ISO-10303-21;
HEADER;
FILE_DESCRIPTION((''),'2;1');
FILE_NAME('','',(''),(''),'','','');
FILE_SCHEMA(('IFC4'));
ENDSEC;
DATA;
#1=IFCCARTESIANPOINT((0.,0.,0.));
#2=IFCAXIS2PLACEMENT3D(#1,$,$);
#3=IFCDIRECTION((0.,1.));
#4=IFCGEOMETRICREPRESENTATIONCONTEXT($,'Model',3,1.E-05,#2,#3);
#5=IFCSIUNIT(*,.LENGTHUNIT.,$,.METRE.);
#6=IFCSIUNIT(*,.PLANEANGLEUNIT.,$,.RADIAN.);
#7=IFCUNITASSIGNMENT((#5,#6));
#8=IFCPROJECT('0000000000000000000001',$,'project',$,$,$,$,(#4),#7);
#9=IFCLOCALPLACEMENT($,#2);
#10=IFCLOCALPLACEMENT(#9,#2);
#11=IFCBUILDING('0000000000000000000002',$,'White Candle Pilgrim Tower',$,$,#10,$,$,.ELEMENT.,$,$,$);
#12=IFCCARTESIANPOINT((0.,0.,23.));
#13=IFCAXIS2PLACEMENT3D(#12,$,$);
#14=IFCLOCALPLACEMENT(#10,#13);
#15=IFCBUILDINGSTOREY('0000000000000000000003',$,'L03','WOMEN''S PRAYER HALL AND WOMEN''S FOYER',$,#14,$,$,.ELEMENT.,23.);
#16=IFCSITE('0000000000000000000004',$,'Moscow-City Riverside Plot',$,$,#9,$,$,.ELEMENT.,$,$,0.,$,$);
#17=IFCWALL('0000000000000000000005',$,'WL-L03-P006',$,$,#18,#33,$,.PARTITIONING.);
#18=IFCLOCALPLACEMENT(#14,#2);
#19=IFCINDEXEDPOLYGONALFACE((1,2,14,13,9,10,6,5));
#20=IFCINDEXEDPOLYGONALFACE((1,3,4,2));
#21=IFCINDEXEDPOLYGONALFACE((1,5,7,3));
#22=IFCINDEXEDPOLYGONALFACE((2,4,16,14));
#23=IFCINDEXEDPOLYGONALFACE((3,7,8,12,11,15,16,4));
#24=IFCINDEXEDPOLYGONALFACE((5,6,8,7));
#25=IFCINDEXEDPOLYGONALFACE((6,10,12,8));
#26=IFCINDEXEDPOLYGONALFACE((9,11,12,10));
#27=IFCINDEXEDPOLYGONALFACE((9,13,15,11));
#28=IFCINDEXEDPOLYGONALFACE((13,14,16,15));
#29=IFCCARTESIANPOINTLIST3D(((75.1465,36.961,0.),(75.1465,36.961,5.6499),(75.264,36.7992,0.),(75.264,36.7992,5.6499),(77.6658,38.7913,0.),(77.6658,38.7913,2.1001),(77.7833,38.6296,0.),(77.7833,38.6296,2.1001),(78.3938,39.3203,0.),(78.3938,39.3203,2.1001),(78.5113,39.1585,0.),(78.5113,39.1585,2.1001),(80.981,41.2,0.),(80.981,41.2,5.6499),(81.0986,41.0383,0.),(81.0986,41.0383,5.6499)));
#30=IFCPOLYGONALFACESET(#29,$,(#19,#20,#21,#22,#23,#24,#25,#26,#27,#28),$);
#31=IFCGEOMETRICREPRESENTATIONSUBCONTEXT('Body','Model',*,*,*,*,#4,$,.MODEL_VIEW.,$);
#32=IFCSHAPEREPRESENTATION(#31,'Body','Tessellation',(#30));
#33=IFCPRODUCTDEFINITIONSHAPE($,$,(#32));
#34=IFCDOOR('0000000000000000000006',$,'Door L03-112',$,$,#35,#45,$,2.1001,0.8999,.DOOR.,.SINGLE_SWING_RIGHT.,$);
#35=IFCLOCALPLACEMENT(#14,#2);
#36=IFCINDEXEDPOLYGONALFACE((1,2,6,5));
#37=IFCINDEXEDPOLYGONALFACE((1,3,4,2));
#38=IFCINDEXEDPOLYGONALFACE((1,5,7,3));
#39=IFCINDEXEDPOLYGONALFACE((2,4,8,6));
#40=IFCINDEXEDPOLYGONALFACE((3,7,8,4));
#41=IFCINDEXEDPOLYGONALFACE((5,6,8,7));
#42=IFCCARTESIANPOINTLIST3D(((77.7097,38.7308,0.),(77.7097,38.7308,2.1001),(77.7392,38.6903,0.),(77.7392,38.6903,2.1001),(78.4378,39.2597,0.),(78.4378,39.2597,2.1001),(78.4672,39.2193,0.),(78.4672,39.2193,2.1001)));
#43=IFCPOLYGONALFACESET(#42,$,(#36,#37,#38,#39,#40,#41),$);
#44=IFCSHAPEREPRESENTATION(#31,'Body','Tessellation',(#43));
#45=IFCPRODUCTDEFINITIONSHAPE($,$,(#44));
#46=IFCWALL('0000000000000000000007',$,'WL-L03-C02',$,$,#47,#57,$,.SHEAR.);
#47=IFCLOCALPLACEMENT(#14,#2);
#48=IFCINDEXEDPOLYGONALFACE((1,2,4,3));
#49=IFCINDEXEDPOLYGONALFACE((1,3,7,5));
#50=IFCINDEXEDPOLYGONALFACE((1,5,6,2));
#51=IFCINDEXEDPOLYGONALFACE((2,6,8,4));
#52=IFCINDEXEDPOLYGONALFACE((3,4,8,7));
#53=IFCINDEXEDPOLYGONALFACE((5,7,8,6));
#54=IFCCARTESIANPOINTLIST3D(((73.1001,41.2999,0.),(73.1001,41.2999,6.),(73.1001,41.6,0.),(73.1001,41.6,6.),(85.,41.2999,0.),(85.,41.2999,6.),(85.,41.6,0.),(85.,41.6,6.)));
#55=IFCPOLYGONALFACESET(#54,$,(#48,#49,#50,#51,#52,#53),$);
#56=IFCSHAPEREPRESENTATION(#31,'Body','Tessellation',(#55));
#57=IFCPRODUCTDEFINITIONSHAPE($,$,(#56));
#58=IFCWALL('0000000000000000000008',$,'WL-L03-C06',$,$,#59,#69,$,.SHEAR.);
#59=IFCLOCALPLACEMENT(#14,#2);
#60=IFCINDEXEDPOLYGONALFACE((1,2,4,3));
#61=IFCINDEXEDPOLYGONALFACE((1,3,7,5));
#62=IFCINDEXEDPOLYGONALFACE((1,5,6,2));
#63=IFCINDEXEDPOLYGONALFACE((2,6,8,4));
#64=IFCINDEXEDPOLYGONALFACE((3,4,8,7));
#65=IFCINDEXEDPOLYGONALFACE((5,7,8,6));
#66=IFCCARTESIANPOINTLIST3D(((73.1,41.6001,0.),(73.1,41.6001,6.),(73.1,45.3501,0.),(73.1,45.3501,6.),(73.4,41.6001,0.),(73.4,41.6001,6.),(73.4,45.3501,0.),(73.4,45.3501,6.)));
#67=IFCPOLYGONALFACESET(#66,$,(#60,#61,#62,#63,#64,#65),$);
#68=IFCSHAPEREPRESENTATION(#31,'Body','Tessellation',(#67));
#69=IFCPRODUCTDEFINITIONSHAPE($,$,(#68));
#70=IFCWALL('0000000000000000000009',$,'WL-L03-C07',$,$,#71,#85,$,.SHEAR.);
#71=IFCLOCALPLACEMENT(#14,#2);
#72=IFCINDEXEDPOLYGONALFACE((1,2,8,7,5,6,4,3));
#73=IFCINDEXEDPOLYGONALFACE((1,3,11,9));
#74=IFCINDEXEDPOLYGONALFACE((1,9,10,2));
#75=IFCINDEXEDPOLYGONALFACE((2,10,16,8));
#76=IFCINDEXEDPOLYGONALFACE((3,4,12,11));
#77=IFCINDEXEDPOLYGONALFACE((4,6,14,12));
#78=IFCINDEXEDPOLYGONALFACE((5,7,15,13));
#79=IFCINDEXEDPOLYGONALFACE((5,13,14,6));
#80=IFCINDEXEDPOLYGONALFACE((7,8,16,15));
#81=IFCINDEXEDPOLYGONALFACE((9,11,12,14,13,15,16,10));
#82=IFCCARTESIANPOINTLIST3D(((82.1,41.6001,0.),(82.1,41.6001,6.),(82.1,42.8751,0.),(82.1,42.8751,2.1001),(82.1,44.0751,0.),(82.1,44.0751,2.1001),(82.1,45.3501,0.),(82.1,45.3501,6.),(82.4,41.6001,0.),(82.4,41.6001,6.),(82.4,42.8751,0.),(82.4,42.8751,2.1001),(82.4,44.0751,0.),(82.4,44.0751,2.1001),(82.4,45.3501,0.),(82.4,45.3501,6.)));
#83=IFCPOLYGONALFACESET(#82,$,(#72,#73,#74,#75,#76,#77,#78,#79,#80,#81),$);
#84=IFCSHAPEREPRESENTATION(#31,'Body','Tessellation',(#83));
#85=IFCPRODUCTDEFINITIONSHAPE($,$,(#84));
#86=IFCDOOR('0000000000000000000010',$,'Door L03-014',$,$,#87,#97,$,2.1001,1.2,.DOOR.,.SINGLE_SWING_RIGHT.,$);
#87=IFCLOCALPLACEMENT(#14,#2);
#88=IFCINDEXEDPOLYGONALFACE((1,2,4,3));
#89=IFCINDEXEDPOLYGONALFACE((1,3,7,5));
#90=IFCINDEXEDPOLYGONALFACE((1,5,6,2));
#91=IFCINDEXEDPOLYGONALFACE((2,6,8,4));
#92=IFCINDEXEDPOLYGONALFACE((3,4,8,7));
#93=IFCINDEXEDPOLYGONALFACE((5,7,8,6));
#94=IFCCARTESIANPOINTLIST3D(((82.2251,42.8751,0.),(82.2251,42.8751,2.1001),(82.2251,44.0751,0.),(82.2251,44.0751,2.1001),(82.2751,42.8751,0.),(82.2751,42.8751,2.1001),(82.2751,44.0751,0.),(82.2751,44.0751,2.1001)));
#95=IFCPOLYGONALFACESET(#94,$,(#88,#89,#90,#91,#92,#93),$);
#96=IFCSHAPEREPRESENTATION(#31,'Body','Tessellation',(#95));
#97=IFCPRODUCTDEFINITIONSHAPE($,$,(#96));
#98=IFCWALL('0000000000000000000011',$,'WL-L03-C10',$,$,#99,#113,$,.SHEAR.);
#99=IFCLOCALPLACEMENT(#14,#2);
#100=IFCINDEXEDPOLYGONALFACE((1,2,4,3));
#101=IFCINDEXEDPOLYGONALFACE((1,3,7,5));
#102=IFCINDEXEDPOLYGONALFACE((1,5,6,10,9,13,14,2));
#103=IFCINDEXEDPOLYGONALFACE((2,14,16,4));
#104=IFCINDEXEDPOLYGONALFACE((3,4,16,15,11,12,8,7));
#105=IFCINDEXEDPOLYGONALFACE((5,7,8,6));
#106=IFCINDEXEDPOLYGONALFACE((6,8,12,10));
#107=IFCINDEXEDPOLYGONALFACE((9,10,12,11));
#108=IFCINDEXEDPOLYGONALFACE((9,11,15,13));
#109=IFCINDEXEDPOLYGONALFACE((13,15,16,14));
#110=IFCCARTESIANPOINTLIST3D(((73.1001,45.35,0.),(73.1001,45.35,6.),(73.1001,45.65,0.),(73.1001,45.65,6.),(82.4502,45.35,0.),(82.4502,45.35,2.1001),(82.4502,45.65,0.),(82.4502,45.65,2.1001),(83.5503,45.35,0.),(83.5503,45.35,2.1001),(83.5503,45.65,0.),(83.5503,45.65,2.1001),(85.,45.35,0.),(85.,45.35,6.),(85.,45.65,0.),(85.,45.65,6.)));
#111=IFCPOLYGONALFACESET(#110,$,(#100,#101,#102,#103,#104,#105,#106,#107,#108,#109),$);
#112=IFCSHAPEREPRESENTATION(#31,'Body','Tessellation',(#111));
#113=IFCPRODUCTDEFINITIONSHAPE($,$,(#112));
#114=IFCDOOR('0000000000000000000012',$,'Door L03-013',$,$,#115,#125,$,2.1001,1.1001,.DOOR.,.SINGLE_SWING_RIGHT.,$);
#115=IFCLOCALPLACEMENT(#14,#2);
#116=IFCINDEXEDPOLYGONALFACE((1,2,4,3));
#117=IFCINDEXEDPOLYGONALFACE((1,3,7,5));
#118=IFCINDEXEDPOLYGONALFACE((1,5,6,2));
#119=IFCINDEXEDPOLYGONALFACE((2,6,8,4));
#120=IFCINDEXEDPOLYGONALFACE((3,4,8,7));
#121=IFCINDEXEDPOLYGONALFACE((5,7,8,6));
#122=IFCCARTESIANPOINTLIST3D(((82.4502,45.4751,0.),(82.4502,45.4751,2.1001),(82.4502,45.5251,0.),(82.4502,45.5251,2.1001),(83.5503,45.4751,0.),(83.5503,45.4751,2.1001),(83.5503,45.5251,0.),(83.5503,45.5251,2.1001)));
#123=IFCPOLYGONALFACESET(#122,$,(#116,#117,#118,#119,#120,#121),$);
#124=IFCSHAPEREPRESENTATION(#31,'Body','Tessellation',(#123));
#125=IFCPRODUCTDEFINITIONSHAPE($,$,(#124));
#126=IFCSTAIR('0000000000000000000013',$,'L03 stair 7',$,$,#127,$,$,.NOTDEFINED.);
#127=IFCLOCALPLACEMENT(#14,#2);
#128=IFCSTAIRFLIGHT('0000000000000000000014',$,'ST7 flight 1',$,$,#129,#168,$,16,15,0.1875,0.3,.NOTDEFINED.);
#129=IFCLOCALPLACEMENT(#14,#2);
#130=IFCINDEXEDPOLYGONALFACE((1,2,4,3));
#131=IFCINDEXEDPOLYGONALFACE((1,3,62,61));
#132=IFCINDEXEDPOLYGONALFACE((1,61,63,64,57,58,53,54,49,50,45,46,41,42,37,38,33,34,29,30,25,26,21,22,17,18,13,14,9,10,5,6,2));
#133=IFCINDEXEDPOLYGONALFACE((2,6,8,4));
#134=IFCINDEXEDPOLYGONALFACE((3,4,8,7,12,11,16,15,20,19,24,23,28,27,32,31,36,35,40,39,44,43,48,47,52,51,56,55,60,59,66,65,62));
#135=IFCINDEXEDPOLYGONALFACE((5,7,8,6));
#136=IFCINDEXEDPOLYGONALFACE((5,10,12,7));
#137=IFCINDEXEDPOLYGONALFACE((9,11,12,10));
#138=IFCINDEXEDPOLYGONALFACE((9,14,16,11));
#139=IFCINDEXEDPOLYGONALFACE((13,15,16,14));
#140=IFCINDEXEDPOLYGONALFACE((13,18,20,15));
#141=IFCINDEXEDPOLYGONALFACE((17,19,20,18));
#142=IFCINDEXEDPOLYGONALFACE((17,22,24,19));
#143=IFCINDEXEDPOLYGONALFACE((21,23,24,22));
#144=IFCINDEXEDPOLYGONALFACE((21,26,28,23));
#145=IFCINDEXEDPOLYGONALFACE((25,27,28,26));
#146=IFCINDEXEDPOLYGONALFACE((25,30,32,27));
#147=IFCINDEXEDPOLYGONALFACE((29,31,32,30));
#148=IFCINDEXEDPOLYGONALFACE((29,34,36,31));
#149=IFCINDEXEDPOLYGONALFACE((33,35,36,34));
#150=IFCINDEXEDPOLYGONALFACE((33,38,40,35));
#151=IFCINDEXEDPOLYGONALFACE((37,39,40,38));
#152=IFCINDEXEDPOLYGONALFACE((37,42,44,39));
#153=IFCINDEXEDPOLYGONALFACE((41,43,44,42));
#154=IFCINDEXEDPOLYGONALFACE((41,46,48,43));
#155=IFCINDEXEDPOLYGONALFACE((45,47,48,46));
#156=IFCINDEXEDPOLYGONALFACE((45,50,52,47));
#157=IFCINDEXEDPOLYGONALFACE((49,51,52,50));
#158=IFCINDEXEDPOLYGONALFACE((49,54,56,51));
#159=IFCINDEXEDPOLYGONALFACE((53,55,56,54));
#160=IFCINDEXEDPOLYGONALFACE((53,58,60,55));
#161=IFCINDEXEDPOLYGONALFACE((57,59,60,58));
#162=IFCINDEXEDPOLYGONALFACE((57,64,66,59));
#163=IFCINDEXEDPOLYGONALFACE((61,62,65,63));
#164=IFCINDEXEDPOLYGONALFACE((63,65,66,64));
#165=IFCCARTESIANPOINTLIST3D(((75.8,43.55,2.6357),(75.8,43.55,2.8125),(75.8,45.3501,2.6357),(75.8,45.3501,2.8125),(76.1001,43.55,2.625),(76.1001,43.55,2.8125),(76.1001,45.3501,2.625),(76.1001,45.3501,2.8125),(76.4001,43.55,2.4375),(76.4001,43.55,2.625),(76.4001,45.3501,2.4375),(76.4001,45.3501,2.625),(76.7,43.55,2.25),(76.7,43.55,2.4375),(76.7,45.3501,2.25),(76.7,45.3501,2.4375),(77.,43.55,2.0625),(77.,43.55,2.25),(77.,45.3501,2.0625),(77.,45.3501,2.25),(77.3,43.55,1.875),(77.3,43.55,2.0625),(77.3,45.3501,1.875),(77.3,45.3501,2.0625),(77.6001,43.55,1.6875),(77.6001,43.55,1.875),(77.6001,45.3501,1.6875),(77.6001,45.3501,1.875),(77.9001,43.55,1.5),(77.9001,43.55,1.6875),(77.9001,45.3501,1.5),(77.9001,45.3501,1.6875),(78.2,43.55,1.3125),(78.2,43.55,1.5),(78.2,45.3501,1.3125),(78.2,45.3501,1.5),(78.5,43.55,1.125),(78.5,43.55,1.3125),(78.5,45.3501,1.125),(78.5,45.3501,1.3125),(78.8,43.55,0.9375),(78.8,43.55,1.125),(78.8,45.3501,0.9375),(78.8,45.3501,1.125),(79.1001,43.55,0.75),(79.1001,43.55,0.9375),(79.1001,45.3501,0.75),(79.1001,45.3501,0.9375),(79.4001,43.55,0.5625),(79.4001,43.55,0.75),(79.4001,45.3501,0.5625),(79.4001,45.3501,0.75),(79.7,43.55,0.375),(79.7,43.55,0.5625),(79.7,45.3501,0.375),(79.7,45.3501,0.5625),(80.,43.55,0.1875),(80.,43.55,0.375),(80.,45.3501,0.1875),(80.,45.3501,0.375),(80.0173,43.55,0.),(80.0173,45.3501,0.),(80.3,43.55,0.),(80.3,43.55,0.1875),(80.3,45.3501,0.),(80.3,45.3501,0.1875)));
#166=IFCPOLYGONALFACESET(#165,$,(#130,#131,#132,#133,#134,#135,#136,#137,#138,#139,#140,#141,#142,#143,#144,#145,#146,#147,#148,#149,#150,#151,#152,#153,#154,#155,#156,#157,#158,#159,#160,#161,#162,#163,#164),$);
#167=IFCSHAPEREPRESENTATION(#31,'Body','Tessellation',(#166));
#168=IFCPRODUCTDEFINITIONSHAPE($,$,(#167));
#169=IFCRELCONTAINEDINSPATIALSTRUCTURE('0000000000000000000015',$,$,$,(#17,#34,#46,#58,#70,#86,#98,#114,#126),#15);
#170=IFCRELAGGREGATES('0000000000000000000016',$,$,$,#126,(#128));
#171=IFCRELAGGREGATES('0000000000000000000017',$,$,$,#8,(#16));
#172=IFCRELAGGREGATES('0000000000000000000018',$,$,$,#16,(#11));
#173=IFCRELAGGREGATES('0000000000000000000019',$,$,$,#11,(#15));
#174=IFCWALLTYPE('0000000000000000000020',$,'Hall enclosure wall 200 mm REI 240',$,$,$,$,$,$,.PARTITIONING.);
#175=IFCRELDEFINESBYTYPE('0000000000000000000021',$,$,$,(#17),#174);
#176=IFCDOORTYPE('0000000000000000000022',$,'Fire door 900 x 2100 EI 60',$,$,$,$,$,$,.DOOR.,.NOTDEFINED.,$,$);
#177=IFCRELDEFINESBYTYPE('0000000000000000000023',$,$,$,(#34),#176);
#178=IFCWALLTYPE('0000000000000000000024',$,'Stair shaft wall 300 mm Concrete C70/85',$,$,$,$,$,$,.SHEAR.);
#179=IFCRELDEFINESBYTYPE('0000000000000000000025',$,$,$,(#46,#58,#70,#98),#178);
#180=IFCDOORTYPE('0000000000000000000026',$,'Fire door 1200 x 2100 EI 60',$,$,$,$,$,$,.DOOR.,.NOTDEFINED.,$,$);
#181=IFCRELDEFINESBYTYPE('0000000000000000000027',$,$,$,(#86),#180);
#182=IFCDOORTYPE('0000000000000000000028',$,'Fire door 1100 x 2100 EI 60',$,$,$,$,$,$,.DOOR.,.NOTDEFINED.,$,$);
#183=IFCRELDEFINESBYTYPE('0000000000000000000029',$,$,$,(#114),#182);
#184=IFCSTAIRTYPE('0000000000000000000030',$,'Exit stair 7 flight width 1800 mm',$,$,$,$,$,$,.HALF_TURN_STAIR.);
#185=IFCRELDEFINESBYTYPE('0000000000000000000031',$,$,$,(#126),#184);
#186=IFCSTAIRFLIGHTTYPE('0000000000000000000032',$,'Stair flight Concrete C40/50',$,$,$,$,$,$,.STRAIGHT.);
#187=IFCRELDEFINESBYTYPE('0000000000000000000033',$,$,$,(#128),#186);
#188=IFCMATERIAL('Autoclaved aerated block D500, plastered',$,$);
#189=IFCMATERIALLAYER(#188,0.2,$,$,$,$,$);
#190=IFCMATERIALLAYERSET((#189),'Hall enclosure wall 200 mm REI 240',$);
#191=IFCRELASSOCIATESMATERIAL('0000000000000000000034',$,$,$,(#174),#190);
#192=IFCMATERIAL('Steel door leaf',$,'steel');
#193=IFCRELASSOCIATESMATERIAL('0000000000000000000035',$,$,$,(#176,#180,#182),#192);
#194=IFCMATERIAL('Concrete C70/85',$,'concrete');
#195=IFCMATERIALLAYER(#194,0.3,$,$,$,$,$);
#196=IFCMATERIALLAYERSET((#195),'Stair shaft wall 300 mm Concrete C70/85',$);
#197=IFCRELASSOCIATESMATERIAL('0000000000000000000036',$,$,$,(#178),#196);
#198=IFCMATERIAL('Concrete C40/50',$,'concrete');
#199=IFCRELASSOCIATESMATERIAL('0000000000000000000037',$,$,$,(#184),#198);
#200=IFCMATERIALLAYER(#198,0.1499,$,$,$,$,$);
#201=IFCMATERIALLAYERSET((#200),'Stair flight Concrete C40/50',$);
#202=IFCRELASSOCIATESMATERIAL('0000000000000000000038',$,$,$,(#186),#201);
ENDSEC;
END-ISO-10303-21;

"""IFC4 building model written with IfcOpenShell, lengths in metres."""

from ifc_helpers import new_model, si_unit, direction, frame, frame_2d, origin, place, context, subcontext, project, spatial, polyline, rectangle, outline, extrude, material, layer, layer_set, type_object, element, fill, aggregate, save


model = new_model("IFC4")

# Units and contexts
model_context = context("Model", 3, precision=1e-05, world=origin(), true_north=direction((0.0, 1.0)))
body_context = subcontext(model_context, "Body", "Model", "MODEL_VIEW")
ifc_project = project(units=[si_unit("LENGTHUNIT", "METRE"), si_unit("PLANEANGLEUNIT", "RADIAN")], contexts=[model_context])

# Site, building, storey
site_placement = place(None, origin())
site = spatial("IfcSite", under=ifc_project, at=site_placement, Name="Moscow-City Riverside Plot", CompositionType="ELEMENT", RefElevation=0.0)
building_placement = place(site_placement, origin())
building = spatial("IfcBuilding", under=site, at=building_placement, Name="White Candle Pilgrim Tower", CompositionType="ELEMENT")
storey_placement = place(building_placement, frame((0.0, 0.0, 23.0)))
storey = spatial("IfcBuildingStorey", under=building, at=storey_placement, Name="L03", Description="WOMEN'S PRAYER HALL AND WOMEN'S FOYER", CompositionType="ELEMENT", Elevation=23.0)

# Wall, opening, door
ifc_material_1 = material(Name="Autoclaved aerated block D500, plastered")
ifc_layer_1 = layer(ifc_material_1, 0.2)
ifc_layer_set_1 = layer_set([ifc_layer_1], Name="Hall enclosure wall 200 mm REI 240")
wall_type_1 = type_object("IfcWallType", Name="Hall enclosure wall 200 mm REI 240", PredefinedType="PARTITIONING", material=ifc_layer_set_1)
wall_1_placement = place(storey_placement, frame((81.0398, 41.1191, 0.0), z_axis=(0.0, 0.0, 1.0), x_axis=(-0.809016, -0.587787, 0.0)))
wall_1 = element("IfcWall", 1, at=wall_1_placement, inside=storey, type_object=wall_type_1, Name="WL-L03-P006", PredefinedType="PARTITIONING", context=body_context, shape_type="SweptSolid", body=[
    extrude(rectangle(XDim=7.2119, YDim=0.2, at=frame_2d((3.606, 0.0))), origin(), (0.0, 0.0, 1.0), 5.6499),
])
opening_1_placement = place(wall_1_placement, frame((3.198, 0.0, 0.0)))
opening_1 = element("IfcOpeningElement", 2, at=opening_1_placement, cuts=wall_1, PredefinedType="OPENING", context=body_context, shape_type="SweptSolid", body=[
    extrude(rectangle(XDim=0.8999, YDim=2.1001, at=frame_2d((0.45, 1.05))), frame((0.0, 0.1099, 0.0), z_axis=(0.0, -1.0, 0.0), x_axis=(1.0, 0.0, 0.0)), (0.0, 0.0, 1.0), 0.22),
])
ifc_material_2 = material(Name="Steel door leaf", Category="steel")
door_type_1 = type_object("IfcDoorType", Name="Fire door 900 x 2100 EI 60", OperationType="NOTDEFINED", PredefinedType="DOOR", material=ifc_material_2)
door_1_placement = place(opening_1_placement, origin())
door_1 = element("IfcDoor", 3, at=door_1_placement, inside=storey, type_object=door_type_1, Name="Door L03-112", OperationType="SINGLE_SWING_RIGHT", OverallHeight=2.1001, OverallWidth=0.8999, PredefinedType="DOOR", context=body_context, shape_type="SweptSolid", body=[
    extrude(rectangle(XDim=0.8999, YDim=2.1001, at=frame_2d((0.45, 1.05))), frame((0.0, 0.0249, 0.0), z_axis=(0.0, -1.0, 0.0), x_axis=(1.0, 0.0, 0.0)), (0.0, 0.0, 1.0), 0.05),
])
fill(opening_1, door_1)

# Walls
ifc_material_3 = material(Name="Concrete C70/85", Category="concrete")
ifc_layer_2 = layer(ifc_material_3, 0.3)
ifc_layer_set_2 = layer_set([ifc_layer_2], Name="Stair shaft wall 300 mm Concrete C70/85")
wall_type_2 = type_object("IfcWallType", Name="Stair shaft wall 300 mm Concrete C70/85", PredefinedType="SHEAR", material=ifc_layer_set_2)
wall_2_placement = place(storey_placement, frame((73.1001, 41.45, 0.0), z_axis=(0.0, 0.0, 1.0), x_axis=(1.0, 0.0, 0.0)))
element("IfcWall", 4, at=wall_2_placement, inside=storey, type_object=wall_type_2, Name="WL-L03-C02", PredefinedType="SHEAR", context=body_context, shape_type="SweptSolid", body=[
    extrude(rectangle(XDim=11.8999, YDim=0.3, at=frame_2d((5.95, 0.0))), origin(), (0.0, 0.0, 1.0), 6.0),
])
wall_3_placement = place(storey_placement, frame((73.25, 41.6001, 0.0), z_axis=(0.0, 0.0, 1.0), x_axis=(0.0, 1.0, 0.0)))
element("IfcWall", 5, at=wall_3_placement, inside=storey, type_object=wall_type_2, Name="WL-L03-C06", PredefinedType="SHEAR", context=body_context, shape_type="SweptSolid", body=[
    extrude(rectangle(XDim=3.75, YDim=0.3, at=frame_2d((1.875, 0.0))), origin(), (0.0, 0.0, 1.0), 6.0),
])

# Walls, openings, doors
wall_4_placement = place(storey_placement, frame((82.25, 41.6001, 0.0), z_axis=(0.0, 0.0, 1.0), x_axis=(0.0, 1.0, 0.0)))
wall_4 = element("IfcWall", 6, at=wall_4_placement, inside=storey, type_object=wall_type_2, Name="WL-L03-C07", PredefinedType="SHEAR", context=body_context, shape_type="SweptSolid", body=[
    extrude(rectangle(XDim=3.75, YDim=0.3, at=frame_2d((1.875, 0.0))), origin(), (0.0, 0.0, 1.0), 6.0),
])
opening_2_placement = place(wall_4_placement, frame((1.2749, 0.0, 0.0)))
opening_2 = element("IfcOpeningElement", 7, at=opening_2_placement, cuts=wall_4, PredefinedType="OPENING", context=body_context, shape_type="SweptSolid", body=[
    extrude(rectangle(XDim=1.2, YDim=2.1001, at=frame_2d((0.6001, 1.05))), frame((0.0, 0.1599, 0.0), z_axis=(0.0, -1.0, 0.0), x_axis=(1.0, 0.0, 0.0)), (0.0, 0.0, 1.0), 0.3201),
])
door_type_2 = type_object("IfcDoorType", Name="Fire door 1200 x 2100 EI 60", OperationType="NOTDEFINED", PredefinedType="DOOR", material=ifc_material_2)
door_2_placement = place(opening_2_placement, origin())
door_2 = element("IfcDoor", 8, at=door_2_placement, inside=storey, type_object=door_type_2, Name="Door L03-014", OperationType="SINGLE_SWING_RIGHT", OverallHeight=2.1001, OverallWidth=1.2, PredefinedType="DOOR", context=body_context, shape_type="SweptSolid", body=[
    extrude(rectangle(XDim=1.2, YDim=2.1001, at=frame_2d((0.6001, 1.05))), frame((0.0, 0.0249, 0.0), z_axis=(0.0, -1.0, 0.0), x_axis=(1.0, 0.0, 0.0)), (0.0, 0.0, 1.0), 0.05),
])
fill(opening_2, door_2)
wall_5_placement = place(storey_placement, frame((73.1001, 45.5, 0.0), z_axis=(0.0, 0.0, 1.0), x_axis=(1.0, 0.0, 0.0)))
wall_5 = element("IfcWall", 9, at=wall_5_placement, inside=storey, type_object=wall_type_2, Name="WL-L03-C10", PredefinedType="SHEAR", context=body_context, shape_type="SweptSolid", body=[
    extrude(rectangle(XDim=11.8999, YDim=0.3, at=frame_2d((5.95, 0.0))), origin(), (0.0, 0.0, 1.0), 6.0),
])
opening_3_placement = place(wall_5_placement, frame((9.3501, 0.0, 0.0)))
opening_3 = element("IfcOpeningElement", 10, at=opening_3_placement, cuts=wall_5, PredefinedType="OPENING", context=body_context, shape_type="SweptSolid", body=[
    extrude(rectangle(XDim=1.1001, YDim=2.1001, at=frame_2d((0.55, 1.05))), frame((0.0, 0.1599, 0.0), z_axis=(0.0, -1.0, 0.0), x_axis=(1.0, 0.0, 0.0)), (0.0, 0.0, 1.0), 0.3201),
])
door_type_3 = type_object("IfcDoorType", Name="Fire door 1100 x 2100 EI 60", OperationType="NOTDEFINED", PredefinedType="DOOR", material=ifc_material_2)
door_3_placement = place(opening_3_placement, frame((1.1001, 0.0, 0.0), z_axis=(0.0, 0.0, 1.0), x_axis=(-1.0, 0.0, 0.0)))
door_3 = element("IfcDoor", 11, at=door_3_placement, inside=storey, type_object=door_type_3, Name="Door L03-013", OperationType="SINGLE_SWING_RIGHT", OverallHeight=2.1001, OverallWidth=1.1001, PredefinedType="DOOR", context=body_context, shape_type="SweptSolid", body=[
    extrude(rectangle(XDim=1.1001, YDim=2.1001, at=frame_2d((0.55, 1.05))), frame((0.0, 0.0249, 0.0), z_axis=(0.0, -1.0, 0.0), x_axis=(1.0, 0.0, 0.0)), (0.0, 0.0, 1.0), 0.05),
])
fill(opening_3, door_3)

# Stair, stair flight
ifc_material_4 = material(Name="Concrete C40/50", Category="concrete")
stair_type = type_object("IfcStairType", Name="Exit stair 7 flight width 1800 mm", PredefinedType="HALF_TURN_STAIR", material=ifc_material_4)
stair_placement = place(storey_placement, origin())
stair = element("IfcStair", 12, at=stair_placement, inside=storey, type_object=stair_type, Name="L03 stair 7", PredefinedType="NOTDEFINED")
ifc_layer_3 = layer(ifc_material_4, 0.1499)
ifc_layer_set_3 = layer_set([ifc_layer_3], Name="Stair flight Concrete C40/50")
stair_flight_type = type_object("IfcStairFlightType", Name="Stair flight Concrete C40/50", PredefinedType="STRAIGHT", material=ifc_layer_set_3)
stair_flight_1_placement = place(storey_placement, frame((80.3, 44.45, 0.0), z_axis=(0.0, 0.0, 1.0), x_axis=(-1.0, 0.0, 0.0)))
stair_flight_1 = element("IfcStairFlight", 13, at=stair_flight_1_placement, type_object=stair_flight_type, Name="ST7 flight 1", NumberOfRisers=16, NumberOfTreads=15, PredefinedType="NOTDEFINED", RiserHeight=0.1875, TreadLength=0.3, context=body_context, shape_type="SweptSolid", body=[
    extrude(outline(polyline([(0.0, 0.0), (0.0, 0.1875), (0.3, 0.1875), (0.3, 0.375), (0.6001, 0.375), (0.6001, 0.5625), (0.8999, 0.5625), (0.8999, 0.75), (1.2, 0.75), (1.2, 0.9375), (1.5, 0.9375), (1.5, 1.125), (1.8, 1.125), (1.8, 1.3125), (2.1001, 1.3125), (2.1001, 1.5), (2.3999, 1.5), (2.3999, 1.6875), (2.7, 1.6875), (2.7, 1.875), (3.0, 1.875), (3.0, 2.0625), (3.3, 2.0625), (3.3, 2.25), (3.6001, 2.25), (3.6001, 2.4375), (3.8999, 2.4375), (3.8999, 2.625), (4.2, 2.625), (4.2, 2.8125), (4.5, 2.8125), (4.5, 3.0), (4.5, 2.6357), (0.2827, 0.0), (0.0, 0.0)])), frame((0.0, 0.8999, 0.0), z_axis=(0.0, -1.0, 0.0), x_axis=(1.0, 0.0, 0.0)), (0.0, 0.0, 1.0), 1.8),
])
aggregate(stair, [stair_flight_1])

save(model, "model.ifc")
